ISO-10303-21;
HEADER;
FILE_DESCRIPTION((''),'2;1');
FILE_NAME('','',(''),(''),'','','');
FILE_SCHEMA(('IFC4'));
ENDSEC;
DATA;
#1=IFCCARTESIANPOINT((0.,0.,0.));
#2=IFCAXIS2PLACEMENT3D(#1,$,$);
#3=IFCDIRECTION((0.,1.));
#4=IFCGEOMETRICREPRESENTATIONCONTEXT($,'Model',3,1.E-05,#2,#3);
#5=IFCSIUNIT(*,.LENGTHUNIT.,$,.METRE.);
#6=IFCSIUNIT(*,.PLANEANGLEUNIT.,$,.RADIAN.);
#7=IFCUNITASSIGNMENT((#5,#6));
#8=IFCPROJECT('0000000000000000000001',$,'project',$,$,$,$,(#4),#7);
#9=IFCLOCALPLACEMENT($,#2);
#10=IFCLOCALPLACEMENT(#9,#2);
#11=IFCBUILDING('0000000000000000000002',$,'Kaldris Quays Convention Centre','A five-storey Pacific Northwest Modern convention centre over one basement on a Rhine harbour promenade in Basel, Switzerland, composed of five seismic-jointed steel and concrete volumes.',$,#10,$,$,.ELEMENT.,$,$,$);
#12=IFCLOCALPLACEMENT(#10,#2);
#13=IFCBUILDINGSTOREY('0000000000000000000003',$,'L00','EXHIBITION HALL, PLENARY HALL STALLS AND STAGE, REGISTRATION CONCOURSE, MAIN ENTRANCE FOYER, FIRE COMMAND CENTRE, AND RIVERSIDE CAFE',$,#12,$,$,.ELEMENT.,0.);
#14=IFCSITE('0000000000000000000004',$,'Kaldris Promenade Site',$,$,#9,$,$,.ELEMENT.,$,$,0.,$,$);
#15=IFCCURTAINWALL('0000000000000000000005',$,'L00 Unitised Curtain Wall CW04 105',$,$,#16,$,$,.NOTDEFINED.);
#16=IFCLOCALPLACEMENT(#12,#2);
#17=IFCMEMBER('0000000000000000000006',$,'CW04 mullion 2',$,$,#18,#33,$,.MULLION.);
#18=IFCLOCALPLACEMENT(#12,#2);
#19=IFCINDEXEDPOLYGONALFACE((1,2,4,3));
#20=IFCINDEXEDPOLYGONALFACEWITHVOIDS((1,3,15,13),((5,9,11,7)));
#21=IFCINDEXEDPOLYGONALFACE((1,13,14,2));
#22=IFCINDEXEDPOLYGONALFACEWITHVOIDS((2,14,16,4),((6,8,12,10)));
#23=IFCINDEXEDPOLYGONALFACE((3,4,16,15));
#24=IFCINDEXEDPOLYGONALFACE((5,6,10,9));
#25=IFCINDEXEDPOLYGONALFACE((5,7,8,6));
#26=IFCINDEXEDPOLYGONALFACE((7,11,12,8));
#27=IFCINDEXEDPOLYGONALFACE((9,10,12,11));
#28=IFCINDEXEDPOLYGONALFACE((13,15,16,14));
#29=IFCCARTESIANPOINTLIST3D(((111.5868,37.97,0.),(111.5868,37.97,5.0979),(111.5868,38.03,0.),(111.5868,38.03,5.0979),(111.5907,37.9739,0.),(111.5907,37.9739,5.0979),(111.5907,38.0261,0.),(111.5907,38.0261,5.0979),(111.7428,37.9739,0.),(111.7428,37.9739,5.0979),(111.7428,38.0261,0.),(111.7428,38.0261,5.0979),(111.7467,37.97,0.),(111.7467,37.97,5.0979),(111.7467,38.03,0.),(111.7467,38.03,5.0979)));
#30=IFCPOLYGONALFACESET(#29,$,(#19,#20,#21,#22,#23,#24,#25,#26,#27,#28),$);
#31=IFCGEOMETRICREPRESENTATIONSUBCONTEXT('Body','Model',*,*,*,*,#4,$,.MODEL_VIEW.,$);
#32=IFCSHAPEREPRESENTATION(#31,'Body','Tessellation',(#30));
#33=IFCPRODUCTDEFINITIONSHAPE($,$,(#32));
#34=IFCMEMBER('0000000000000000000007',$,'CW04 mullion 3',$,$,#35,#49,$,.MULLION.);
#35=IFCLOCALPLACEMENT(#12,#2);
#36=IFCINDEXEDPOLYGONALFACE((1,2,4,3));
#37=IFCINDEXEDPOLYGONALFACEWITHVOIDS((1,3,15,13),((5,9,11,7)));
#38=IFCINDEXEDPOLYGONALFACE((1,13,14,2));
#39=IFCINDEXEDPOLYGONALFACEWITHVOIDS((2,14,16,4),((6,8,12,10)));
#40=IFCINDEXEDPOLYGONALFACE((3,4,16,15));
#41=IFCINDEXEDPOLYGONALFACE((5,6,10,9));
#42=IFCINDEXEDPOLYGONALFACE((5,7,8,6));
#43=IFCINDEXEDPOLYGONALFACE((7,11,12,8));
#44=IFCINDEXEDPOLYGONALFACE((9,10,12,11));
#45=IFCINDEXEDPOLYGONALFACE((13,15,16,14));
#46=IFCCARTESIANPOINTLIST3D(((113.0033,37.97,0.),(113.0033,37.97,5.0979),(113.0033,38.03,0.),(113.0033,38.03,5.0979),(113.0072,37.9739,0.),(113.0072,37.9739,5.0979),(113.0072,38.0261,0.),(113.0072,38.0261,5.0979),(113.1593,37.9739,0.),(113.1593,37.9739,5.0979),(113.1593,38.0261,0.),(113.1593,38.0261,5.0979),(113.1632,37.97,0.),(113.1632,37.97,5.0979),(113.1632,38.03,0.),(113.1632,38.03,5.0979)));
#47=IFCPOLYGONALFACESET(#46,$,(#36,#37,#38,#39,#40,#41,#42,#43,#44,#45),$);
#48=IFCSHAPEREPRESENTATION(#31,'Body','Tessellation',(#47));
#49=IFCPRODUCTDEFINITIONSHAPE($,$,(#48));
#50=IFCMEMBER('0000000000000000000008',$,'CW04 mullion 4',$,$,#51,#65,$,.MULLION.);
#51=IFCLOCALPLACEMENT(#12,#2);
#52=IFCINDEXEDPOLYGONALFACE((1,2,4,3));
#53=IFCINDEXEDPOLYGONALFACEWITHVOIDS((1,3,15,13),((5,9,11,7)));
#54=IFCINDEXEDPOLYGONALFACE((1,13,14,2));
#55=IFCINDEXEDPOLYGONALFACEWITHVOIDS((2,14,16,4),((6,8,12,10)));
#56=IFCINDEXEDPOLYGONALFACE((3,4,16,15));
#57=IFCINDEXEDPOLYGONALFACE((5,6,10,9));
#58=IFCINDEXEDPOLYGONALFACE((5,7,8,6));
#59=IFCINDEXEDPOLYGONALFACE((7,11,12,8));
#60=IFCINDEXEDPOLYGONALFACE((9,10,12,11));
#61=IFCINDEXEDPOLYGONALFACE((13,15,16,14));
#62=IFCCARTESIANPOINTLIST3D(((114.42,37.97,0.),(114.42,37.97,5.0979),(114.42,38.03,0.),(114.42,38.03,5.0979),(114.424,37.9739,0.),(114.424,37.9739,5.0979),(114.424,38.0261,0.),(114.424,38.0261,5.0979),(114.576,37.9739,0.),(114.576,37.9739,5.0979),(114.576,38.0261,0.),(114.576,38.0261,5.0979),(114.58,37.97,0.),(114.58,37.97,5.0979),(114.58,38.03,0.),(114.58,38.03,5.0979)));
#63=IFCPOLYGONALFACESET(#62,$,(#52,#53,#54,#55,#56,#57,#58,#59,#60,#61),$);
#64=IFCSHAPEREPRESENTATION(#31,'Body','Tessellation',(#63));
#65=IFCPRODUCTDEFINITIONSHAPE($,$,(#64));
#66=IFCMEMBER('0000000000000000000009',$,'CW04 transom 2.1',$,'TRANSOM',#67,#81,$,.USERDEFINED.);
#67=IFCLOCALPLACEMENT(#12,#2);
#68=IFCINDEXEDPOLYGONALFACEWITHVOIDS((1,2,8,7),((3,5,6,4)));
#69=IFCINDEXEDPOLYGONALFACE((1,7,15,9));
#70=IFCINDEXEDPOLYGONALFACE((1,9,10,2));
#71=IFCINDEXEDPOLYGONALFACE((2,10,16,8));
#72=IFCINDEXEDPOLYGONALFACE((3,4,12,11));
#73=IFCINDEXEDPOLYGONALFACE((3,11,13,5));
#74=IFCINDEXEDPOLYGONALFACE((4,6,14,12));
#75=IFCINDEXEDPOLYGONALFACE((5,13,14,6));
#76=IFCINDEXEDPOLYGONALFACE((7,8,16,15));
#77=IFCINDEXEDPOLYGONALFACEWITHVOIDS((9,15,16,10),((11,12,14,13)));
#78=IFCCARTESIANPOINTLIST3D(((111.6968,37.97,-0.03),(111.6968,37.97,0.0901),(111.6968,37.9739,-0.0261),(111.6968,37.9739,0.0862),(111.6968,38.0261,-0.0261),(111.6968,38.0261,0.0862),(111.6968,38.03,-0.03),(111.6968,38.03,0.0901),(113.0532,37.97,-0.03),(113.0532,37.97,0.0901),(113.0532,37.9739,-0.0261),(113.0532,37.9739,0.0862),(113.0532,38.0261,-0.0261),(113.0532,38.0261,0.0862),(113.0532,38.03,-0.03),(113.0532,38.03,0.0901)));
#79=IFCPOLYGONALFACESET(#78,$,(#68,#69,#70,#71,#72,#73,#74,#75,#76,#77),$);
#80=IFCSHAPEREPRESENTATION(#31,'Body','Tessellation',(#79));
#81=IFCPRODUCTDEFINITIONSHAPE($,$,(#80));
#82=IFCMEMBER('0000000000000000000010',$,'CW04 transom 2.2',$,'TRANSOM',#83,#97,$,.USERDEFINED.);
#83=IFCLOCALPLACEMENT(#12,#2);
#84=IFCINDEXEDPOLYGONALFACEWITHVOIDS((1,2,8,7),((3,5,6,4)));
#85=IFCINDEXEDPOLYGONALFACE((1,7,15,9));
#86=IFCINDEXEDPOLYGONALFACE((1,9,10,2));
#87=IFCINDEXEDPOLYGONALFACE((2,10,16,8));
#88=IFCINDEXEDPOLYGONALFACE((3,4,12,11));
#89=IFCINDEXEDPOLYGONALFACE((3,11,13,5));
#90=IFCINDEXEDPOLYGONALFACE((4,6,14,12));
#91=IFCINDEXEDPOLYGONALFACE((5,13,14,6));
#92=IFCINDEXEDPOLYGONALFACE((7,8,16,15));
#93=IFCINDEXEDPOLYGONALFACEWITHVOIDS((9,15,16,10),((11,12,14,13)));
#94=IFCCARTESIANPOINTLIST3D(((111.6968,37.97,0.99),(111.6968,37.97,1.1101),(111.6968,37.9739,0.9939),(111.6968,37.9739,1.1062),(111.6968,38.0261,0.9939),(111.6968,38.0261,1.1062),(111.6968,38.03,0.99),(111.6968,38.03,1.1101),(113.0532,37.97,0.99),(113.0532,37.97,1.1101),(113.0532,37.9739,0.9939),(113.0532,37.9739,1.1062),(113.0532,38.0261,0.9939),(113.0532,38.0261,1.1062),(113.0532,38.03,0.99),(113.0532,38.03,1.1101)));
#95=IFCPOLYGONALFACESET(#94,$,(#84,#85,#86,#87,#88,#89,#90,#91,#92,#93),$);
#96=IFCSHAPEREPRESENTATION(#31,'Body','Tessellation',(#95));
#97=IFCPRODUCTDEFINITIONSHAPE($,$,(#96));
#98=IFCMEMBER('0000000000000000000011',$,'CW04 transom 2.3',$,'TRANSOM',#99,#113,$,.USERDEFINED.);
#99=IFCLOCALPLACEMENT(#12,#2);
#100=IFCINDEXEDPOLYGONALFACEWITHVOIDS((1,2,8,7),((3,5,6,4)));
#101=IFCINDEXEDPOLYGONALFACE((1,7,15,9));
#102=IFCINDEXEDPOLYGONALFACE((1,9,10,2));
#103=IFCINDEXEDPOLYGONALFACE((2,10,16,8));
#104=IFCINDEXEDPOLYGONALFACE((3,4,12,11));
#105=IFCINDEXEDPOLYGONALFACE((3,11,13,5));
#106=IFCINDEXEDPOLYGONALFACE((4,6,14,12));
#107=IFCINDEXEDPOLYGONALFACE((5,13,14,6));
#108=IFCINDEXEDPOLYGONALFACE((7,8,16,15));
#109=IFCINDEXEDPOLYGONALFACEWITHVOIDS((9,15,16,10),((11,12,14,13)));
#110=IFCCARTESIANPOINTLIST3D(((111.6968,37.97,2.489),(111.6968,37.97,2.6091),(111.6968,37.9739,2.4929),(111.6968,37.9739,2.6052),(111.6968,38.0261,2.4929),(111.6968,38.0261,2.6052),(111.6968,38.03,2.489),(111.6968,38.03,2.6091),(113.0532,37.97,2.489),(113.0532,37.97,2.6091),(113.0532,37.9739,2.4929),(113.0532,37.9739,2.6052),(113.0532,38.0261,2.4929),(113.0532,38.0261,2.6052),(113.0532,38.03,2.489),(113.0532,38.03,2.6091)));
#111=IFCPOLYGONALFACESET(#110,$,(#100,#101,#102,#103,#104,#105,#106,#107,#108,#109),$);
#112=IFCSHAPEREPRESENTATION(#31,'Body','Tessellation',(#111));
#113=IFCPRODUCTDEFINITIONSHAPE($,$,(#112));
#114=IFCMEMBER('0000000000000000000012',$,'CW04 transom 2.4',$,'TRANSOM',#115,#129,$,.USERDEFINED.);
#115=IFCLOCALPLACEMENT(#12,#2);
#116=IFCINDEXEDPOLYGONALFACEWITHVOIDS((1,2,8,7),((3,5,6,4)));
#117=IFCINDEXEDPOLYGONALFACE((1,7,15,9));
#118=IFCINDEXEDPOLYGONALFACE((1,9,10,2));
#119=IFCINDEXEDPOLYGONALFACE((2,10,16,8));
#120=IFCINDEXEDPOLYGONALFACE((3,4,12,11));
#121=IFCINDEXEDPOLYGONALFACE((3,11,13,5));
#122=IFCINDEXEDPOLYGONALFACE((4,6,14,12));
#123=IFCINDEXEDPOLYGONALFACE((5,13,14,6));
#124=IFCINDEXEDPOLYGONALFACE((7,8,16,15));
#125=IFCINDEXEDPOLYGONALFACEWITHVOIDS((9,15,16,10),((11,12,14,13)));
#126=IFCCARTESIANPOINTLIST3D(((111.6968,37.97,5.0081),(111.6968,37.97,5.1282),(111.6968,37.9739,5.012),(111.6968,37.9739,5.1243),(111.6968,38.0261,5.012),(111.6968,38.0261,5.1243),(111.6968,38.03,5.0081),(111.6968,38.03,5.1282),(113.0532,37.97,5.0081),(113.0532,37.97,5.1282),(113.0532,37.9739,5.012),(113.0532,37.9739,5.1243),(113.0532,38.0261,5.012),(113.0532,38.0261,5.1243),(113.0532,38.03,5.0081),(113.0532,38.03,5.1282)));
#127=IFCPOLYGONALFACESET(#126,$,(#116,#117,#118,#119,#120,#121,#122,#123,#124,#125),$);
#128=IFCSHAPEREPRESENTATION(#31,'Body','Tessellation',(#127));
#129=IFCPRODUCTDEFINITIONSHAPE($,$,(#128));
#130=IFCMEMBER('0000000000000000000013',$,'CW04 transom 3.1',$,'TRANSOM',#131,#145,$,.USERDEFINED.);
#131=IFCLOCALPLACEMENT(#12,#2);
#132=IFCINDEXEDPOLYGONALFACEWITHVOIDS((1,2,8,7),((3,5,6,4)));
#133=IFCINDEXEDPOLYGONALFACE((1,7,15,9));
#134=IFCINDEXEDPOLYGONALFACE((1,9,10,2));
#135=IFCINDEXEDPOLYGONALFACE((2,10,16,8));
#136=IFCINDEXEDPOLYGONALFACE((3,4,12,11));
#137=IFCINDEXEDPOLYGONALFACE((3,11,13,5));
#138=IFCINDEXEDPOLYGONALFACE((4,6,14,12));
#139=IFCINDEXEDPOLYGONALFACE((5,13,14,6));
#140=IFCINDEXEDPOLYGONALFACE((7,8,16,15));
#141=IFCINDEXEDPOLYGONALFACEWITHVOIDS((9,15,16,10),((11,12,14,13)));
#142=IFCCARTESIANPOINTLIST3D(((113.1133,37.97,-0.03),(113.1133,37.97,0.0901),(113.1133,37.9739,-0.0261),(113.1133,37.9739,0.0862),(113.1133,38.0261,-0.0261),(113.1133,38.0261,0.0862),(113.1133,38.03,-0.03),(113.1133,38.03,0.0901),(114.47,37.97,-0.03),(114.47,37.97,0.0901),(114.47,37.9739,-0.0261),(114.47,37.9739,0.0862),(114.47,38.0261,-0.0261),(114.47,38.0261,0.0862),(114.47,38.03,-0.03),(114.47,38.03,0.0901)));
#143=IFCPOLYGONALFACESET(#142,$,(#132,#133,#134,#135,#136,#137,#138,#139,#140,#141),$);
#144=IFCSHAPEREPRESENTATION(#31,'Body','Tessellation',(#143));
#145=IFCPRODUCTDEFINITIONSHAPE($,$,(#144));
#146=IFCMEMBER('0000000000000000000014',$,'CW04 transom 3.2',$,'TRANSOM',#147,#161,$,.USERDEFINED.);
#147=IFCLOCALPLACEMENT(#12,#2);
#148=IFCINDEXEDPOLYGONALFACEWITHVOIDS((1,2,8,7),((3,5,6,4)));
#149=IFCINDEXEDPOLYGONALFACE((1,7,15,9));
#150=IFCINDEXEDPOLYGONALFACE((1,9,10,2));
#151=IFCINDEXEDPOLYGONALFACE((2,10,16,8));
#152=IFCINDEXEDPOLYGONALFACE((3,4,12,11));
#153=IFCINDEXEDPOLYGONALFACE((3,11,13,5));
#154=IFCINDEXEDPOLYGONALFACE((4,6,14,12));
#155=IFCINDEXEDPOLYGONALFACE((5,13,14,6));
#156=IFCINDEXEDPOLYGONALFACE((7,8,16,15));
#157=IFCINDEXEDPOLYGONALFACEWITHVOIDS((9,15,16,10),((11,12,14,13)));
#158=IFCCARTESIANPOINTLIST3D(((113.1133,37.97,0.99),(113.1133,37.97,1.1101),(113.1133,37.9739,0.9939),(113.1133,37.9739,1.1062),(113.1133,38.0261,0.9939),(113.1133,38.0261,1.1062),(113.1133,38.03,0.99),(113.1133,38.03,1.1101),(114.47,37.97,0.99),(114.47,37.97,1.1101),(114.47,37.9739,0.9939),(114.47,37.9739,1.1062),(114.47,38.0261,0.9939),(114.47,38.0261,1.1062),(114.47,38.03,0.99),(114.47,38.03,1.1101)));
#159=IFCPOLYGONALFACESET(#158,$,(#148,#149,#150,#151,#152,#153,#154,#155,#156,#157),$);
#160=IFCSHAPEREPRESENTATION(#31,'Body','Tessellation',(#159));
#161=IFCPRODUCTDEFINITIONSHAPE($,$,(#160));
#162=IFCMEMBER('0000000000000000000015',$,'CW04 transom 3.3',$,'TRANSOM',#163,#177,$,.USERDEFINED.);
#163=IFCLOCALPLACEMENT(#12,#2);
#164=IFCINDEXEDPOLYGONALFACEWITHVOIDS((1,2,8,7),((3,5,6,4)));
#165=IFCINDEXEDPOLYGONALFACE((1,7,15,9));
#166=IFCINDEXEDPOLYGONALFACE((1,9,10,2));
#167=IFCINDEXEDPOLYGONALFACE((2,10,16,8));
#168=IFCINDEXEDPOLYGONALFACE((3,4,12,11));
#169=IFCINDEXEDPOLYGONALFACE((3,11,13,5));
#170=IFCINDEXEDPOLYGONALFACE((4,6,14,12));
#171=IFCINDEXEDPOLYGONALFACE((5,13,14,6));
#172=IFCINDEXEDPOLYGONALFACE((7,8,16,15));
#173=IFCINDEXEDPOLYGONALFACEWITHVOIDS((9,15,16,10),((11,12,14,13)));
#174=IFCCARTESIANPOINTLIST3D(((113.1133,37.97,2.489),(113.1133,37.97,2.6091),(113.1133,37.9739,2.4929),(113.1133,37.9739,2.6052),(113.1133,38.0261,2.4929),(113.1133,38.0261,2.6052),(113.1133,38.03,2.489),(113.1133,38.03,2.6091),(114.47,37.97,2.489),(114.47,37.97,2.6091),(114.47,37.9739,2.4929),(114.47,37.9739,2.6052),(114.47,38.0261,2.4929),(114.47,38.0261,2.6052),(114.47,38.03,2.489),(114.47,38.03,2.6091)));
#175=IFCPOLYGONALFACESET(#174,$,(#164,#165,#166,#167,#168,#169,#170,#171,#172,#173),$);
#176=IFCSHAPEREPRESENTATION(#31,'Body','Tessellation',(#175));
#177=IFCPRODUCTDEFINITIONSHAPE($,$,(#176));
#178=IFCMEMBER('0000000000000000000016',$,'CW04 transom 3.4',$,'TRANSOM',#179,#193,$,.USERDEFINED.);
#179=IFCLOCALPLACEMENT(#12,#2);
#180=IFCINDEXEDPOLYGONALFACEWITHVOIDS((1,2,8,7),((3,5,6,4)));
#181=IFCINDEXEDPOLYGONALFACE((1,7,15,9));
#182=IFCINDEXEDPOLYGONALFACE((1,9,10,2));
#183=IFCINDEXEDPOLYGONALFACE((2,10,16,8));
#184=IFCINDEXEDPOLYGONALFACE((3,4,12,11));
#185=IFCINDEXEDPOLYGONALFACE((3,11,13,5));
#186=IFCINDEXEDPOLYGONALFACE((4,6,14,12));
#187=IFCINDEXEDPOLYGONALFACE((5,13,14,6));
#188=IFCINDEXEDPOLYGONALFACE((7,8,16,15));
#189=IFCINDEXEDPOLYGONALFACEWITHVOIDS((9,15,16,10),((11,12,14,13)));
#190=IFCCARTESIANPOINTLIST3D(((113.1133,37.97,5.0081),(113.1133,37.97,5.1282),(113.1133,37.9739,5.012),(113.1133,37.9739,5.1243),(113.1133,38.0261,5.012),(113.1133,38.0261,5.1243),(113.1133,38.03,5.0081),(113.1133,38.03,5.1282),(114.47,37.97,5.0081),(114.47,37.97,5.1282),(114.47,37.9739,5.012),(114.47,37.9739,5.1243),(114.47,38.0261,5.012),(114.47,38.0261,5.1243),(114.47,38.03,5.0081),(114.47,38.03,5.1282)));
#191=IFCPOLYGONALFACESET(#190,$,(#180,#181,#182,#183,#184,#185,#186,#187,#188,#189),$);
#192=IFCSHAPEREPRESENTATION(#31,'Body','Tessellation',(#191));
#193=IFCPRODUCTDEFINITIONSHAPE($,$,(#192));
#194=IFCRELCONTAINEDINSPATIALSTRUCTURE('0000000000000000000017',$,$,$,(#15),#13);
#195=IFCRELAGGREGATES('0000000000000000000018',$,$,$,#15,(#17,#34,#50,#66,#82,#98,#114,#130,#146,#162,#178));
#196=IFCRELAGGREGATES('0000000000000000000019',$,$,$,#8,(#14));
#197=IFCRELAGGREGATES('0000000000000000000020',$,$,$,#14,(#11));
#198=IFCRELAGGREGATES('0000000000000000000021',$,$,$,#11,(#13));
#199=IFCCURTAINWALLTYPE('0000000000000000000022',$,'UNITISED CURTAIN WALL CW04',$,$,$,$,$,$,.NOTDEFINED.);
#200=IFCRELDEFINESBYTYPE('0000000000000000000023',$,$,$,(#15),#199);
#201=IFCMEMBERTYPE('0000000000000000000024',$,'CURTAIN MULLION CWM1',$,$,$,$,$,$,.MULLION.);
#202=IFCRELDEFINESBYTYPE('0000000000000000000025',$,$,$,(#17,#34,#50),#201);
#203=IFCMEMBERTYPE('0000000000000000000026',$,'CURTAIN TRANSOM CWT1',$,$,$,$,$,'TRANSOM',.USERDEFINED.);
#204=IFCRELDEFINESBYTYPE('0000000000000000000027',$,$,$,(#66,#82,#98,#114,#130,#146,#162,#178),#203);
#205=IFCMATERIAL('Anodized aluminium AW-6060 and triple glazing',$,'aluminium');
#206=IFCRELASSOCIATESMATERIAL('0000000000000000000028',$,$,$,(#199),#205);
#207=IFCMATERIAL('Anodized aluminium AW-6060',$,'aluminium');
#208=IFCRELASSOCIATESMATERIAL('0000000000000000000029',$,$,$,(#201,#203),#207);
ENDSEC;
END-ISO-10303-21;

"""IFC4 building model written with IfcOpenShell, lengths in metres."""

from ifc_helpers import new_model, si_unit, direction, frame, origin, origin_2d, place, context, subcontext, project, spatial, hollow_rectangle, extrude, material, material_profile, profile_set, type_object, element, aggregate, save


model = new_model("IFC4")

# Units and contexts
model_context = context("Model", 3, precision=1e-05, world=origin(), true_north=direction((0.0, 1.0)))
body_context = subcontext(model_context, "Body", "Model", "MODEL_VIEW")
ifc_project = project(units=[si_unit("LENGTHUNIT", "METRE"), si_unit("PLANEANGLEUNIT", "RADIAN")], contexts=[model_context])

# Site, building, storey
site_placement = place(None, origin())
site = spatial("IfcSite", under=ifc_project, at=site_placement, Name="Kaldris Promenade Site", CompositionType="ELEMENT", RefElevation=0.0)
building_placement = place(site_placement, origin())
building = spatial("IfcBuilding", under=site, at=building_placement, Name="Kaldris Quays Convention Centre", Description="A five-storey Pacific Northwest Modern convention centre over one basement on a Rhine harbour promenade in Basel, Switzerland, composed of five seismic-jointed steel and concrete volumes.", CompositionType="ELEMENT")
storey_placement = place(building_placement, origin())
storey = spatial("IfcBuildingStorey", under=building, at=storey_placement, Name="L00", Description="EXHIBITION HALL, PLENARY HALL STALLS AND STAGE, REGISTRATION CONCOURSE, MAIN ENTRANCE FOYER, FIRE COMMAND CENTRE, AND RIVERSIDE CAFE", CompositionType="ELEMENT", Elevation=0.0)

# Curtain wall, members
ifc_material_1 = material(Name="Anodized aluminium AW-6060 and triple glazing", Category="aluminium")
curtain_wall_type = type_object("IfcCurtainWallType", Name="UNITISED CURTAIN WALL CW04", PredefinedType="NOTDEFINED", material=ifc_material_1)
curtain_wall_placement = place(storey_placement, origin())
curtain_wall = element("IfcCurtainWall", 1, at=curtain_wall_placement, inside=storey, type_object=curtain_wall_type, Name="L00 Unitised Curtain Wall CW04 105", PredefinedType="NOTDEFINED")
ifc_material_2 = material(Name="Anodized aluminium AW-6060", Category="aluminium")
ifc_material_profile_1 = material_profile(ifc_material_2, hollow_rectangle(XDim=0.0601, YDim=0.1599, WallThickness=0.0039, at=origin_2d()), Name="RHS 160x60x4")
ifc_profile_set_1 = profile_set([ifc_material_profile_1], Name="Anodized aluminium AW-6060")
member_type_1 = type_object("IfcMemberType", Name="CURTAIN MULLION CWM1", PredefinedType="MULLION", material=ifc_profile_set_1)
member_1_placement = place(storey_placement, frame((111.6667, 38.0, 0.0), z_axis=(0.0, 0.0, 1.0), x_axis=(0.0, 1.0, 0.0)))
member_1 = element("IfcMember", 2, at=member_1_placement, type_object=member_type_1, Name="CW04 mullion 2", PredefinedType="MULLION", context=body_context, shape_type="SweptSolid", body=[
    extrude(hollow_rectangle(XDim=0.0601, YDim=0.1599, WallThickness=0.0039, at=origin_2d()), origin(), (0.0, 0.0, 1.0), 5.0979),
])
member_2_placement = place(storey_placement, frame((113.0833, 38.0, 0.0), z_axis=(0.0, 0.0, 1.0), x_axis=(0.0, 1.0, 0.0)))
member_2 = element("IfcMember", 3, at=member_2_placement, type_object=member_type_1, Name="CW04 mullion 3", PredefinedType="MULLION", context=body_context, shape_type="SweptSolid", body=[
    extrude(hollow_rectangle(XDim=0.0601, YDim=0.1599, WallThickness=0.0039, at=origin_2d()), origin(), (0.0, 0.0, 1.0), 5.0979),
])
member_3_placement = place(storey_placement, frame((114.5, 38.0, 0.0), z_axis=(0.0, 0.0, 1.0), x_axis=(0.0, 1.0, 0.0)))
member_3 = element("IfcMember", 4, at=member_3_placement, type_object=member_type_1, Name="CW04 mullion 4", PredefinedType="MULLION", context=body_context, shape_type="SweptSolid", body=[
    extrude(hollow_rectangle(XDim=0.0601, YDim=0.1599, WallThickness=0.0039, at=origin_2d()), origin(), (0.0, 0.0, 1.0), 5.0979),
])
ifc_material_profile_2 = material_profile(ifc_material_2, hollow_rectangle(XDim=0.0601, YDim=0.1201, WallThickness=0.0039, at=origin_2d()), Name="RHS 120x60x4")
ifc_profile_set_2 = profile_set([ifc_material_profile_2], Name="Anodized aluminium AW-6060")
member_type_2 = type_object("IfcMemberType", Name="CURTAIN TRANSOM CWT1", ElementType="TRANSOM", PredefinedType="USERDEFINED", material=ifc_profile_set_2)
member_4_placement = place(storey_placement, frame((111.6968, 38.0, 0.03), z_axis=(1.0, 0.0, 0.0), x_axis=(0.0, 1.0, 0.0)))
member_4 = element("IfcMember", 5, at=member_4_placement, type_object=member_type_2, Name="CW04 transom 2.1", ObjectType="TRANSOM", PredefinedType="USERDEFINED", context=body_context, shape_type="SweptSolid", body=[
    extrude(hollow_rectangle(XDim=0.0601, YDim=0.1201, WallThickness=0.0039, at=origin_2d()), origin(), (0.0, 0.0, 1.0), 1.3564),
])
member_5_placement = place(storey_placement, frame((111.6968, 38.0, 1.05), z_axis=(1.0, 0.0, 0.0), x_axis=(0.0, 1.0, 0.0)))
member_5 = element("IfcMember", 6, at=member_5_placement, type_object=member_type_2, Name="CW04 transom 2.2", ObjectType="TRANSOM", PredefinedType="USERDEFINED", context=body_context, shape_type="SweptSolid", body=[
    extrude(hollow_rectangle(XDim=0.0601, YDim=0.1201, WallThickness=0.0039, at=origin_2d()), origin(), (0.0, 0.0, 1.0), 1.3564),
])
member_6_placement = place(storey_placement, frame((111.6968, 38.0, 2.5491), z_axis=(1.0, 0.0, 0.0), x_axis=(0.0, 1.0, 0.0)))
member_6 = element("IfcMember", 7, at=member_6_placement, type_object=member_type_2, Name="CW04 transom 2.3", ObjectType="TRANSOM", PredefinedType="USERDEFINED", context=body_context, shape_type="SweptSolid", body=[
    extrude(hollow_rectangle(XDim=0.0601, YDim=0.1201, WallThickness=0.0039, at=origin_2d()), origin(), (0.0, 0.0, 1.0), 1.3564),
])
member_7_placement = place(storey_placement, frame((111.6968, 38.0, 5.0681), z_axis=(1.0, 0.0, 0.0), x_axis=(0.0, 1.0, 0.0)))
member_7 = element("IfcMember", 8, at=member_7_placement, type_object=member_type_2, Name="CW04 transom 2.4", ObjectType="TRANSOM", PredefinedType="USERDEFINED", context=body_context, shape_type="SweptSolid", body=[
    extrude(hollow_rectangle(XDim=0.0601, YDim=0.1201, WallThickness=0.0039, at=origin_2d()), origin(), (0.0, 0.0, 1.0), 1.3564),
])
member_8_placement = place(storey_placement, frame((113.1133, 38.0, 0.03), z_axis=(1.0, 0.0, 0.0), x_axis=(0.0, 1.0, 0.0)))
member_8 = element("IfcMember", 9, at=member_8_placement, type_object=member_type_2, Name="CW04 transom 3.1", ObjectType="TRANSOM", PredefinedType="USERDEFINED", context=body_context, shape_type="SweptSolid", body=[
    extrude(hollow_rectangle(XDim=0.0601, YDim=0.1201, WallThickness=0.0039, at=origin_2d()), origin(), (0.0, 0.0, 1.0), 1.3567),
])
member_9_placement = place(storey_placement, frame((113.1133, 38.0, 1.05), z_axis=(1.0, 0.0, 0.0), x_axis=(0.0, 1.0, 0.0)))
member_9 = element("IfcMember", 10, at=member_9_placement, type_object=member_type_2, Name="CW04 transom 3.2", ObjectType="TRANSOM", PredefinedType="USERDEFINED", context=body_context, shape_type="SweptSolid", body=[
    extrude(hollow_rectangle(XDim=0.0601, YDim=0.1201, WallThickness=0.0039, at=origin_2d()), origin(), (0.0, 0.0, 1.0), 1.3567),
])
member_10_placement = place(storey_placement, frame((113.1133, 38.0, 2.5491), z_axis=(1.0, 0.0, 0.0), x_axis=(0.0, 1.0, 0.0)))
member_10 = element("IfcMember", 11, at=member_10_placement, type_object=member_type_2, Name="CW04 transom 3.3", ObjectType="TRANSOM", PredefinedType="USERDEFINED", context=body_context, shape_type="SweptSolid", body=[
    extrude(hollow_rectangle(XDim=0.0601, YDim=0.1201, WallThickness=0.0039, at=origin_2d()), origin(), (0.0, 0.0, 1.0), 1.3567),
])
member_11_placement = place(storey_placement, frame((113.1133, 38.0, 5.0681), z_axis=(1.0, 0.0, 0.0), x_axis=(0.0, 1.0, 0.0)))
member_11 = element("IfcMember", 12, at=member_11_placement, type_object=member_type_2, Name="CW04 transom 3.4", ObjectType="TRANSOM", PredefinedType="USERDEFINED", context=body_context, shape_type="SweptSolid", body=[
    extrude(hollow_rectangle(XDim=0.0601, YDim=0.1201, WallThickness=0.0039, at=origin_2d()), origin(), (0.0, 0.0, 1.0), 1.3567),
])

aggregate(curtain_wall, [member_1, member_2, member_3, member_4, member_5, member_6, member_7, member_8, member_9, member_10, member_11])

save(model, "model.ifc")
